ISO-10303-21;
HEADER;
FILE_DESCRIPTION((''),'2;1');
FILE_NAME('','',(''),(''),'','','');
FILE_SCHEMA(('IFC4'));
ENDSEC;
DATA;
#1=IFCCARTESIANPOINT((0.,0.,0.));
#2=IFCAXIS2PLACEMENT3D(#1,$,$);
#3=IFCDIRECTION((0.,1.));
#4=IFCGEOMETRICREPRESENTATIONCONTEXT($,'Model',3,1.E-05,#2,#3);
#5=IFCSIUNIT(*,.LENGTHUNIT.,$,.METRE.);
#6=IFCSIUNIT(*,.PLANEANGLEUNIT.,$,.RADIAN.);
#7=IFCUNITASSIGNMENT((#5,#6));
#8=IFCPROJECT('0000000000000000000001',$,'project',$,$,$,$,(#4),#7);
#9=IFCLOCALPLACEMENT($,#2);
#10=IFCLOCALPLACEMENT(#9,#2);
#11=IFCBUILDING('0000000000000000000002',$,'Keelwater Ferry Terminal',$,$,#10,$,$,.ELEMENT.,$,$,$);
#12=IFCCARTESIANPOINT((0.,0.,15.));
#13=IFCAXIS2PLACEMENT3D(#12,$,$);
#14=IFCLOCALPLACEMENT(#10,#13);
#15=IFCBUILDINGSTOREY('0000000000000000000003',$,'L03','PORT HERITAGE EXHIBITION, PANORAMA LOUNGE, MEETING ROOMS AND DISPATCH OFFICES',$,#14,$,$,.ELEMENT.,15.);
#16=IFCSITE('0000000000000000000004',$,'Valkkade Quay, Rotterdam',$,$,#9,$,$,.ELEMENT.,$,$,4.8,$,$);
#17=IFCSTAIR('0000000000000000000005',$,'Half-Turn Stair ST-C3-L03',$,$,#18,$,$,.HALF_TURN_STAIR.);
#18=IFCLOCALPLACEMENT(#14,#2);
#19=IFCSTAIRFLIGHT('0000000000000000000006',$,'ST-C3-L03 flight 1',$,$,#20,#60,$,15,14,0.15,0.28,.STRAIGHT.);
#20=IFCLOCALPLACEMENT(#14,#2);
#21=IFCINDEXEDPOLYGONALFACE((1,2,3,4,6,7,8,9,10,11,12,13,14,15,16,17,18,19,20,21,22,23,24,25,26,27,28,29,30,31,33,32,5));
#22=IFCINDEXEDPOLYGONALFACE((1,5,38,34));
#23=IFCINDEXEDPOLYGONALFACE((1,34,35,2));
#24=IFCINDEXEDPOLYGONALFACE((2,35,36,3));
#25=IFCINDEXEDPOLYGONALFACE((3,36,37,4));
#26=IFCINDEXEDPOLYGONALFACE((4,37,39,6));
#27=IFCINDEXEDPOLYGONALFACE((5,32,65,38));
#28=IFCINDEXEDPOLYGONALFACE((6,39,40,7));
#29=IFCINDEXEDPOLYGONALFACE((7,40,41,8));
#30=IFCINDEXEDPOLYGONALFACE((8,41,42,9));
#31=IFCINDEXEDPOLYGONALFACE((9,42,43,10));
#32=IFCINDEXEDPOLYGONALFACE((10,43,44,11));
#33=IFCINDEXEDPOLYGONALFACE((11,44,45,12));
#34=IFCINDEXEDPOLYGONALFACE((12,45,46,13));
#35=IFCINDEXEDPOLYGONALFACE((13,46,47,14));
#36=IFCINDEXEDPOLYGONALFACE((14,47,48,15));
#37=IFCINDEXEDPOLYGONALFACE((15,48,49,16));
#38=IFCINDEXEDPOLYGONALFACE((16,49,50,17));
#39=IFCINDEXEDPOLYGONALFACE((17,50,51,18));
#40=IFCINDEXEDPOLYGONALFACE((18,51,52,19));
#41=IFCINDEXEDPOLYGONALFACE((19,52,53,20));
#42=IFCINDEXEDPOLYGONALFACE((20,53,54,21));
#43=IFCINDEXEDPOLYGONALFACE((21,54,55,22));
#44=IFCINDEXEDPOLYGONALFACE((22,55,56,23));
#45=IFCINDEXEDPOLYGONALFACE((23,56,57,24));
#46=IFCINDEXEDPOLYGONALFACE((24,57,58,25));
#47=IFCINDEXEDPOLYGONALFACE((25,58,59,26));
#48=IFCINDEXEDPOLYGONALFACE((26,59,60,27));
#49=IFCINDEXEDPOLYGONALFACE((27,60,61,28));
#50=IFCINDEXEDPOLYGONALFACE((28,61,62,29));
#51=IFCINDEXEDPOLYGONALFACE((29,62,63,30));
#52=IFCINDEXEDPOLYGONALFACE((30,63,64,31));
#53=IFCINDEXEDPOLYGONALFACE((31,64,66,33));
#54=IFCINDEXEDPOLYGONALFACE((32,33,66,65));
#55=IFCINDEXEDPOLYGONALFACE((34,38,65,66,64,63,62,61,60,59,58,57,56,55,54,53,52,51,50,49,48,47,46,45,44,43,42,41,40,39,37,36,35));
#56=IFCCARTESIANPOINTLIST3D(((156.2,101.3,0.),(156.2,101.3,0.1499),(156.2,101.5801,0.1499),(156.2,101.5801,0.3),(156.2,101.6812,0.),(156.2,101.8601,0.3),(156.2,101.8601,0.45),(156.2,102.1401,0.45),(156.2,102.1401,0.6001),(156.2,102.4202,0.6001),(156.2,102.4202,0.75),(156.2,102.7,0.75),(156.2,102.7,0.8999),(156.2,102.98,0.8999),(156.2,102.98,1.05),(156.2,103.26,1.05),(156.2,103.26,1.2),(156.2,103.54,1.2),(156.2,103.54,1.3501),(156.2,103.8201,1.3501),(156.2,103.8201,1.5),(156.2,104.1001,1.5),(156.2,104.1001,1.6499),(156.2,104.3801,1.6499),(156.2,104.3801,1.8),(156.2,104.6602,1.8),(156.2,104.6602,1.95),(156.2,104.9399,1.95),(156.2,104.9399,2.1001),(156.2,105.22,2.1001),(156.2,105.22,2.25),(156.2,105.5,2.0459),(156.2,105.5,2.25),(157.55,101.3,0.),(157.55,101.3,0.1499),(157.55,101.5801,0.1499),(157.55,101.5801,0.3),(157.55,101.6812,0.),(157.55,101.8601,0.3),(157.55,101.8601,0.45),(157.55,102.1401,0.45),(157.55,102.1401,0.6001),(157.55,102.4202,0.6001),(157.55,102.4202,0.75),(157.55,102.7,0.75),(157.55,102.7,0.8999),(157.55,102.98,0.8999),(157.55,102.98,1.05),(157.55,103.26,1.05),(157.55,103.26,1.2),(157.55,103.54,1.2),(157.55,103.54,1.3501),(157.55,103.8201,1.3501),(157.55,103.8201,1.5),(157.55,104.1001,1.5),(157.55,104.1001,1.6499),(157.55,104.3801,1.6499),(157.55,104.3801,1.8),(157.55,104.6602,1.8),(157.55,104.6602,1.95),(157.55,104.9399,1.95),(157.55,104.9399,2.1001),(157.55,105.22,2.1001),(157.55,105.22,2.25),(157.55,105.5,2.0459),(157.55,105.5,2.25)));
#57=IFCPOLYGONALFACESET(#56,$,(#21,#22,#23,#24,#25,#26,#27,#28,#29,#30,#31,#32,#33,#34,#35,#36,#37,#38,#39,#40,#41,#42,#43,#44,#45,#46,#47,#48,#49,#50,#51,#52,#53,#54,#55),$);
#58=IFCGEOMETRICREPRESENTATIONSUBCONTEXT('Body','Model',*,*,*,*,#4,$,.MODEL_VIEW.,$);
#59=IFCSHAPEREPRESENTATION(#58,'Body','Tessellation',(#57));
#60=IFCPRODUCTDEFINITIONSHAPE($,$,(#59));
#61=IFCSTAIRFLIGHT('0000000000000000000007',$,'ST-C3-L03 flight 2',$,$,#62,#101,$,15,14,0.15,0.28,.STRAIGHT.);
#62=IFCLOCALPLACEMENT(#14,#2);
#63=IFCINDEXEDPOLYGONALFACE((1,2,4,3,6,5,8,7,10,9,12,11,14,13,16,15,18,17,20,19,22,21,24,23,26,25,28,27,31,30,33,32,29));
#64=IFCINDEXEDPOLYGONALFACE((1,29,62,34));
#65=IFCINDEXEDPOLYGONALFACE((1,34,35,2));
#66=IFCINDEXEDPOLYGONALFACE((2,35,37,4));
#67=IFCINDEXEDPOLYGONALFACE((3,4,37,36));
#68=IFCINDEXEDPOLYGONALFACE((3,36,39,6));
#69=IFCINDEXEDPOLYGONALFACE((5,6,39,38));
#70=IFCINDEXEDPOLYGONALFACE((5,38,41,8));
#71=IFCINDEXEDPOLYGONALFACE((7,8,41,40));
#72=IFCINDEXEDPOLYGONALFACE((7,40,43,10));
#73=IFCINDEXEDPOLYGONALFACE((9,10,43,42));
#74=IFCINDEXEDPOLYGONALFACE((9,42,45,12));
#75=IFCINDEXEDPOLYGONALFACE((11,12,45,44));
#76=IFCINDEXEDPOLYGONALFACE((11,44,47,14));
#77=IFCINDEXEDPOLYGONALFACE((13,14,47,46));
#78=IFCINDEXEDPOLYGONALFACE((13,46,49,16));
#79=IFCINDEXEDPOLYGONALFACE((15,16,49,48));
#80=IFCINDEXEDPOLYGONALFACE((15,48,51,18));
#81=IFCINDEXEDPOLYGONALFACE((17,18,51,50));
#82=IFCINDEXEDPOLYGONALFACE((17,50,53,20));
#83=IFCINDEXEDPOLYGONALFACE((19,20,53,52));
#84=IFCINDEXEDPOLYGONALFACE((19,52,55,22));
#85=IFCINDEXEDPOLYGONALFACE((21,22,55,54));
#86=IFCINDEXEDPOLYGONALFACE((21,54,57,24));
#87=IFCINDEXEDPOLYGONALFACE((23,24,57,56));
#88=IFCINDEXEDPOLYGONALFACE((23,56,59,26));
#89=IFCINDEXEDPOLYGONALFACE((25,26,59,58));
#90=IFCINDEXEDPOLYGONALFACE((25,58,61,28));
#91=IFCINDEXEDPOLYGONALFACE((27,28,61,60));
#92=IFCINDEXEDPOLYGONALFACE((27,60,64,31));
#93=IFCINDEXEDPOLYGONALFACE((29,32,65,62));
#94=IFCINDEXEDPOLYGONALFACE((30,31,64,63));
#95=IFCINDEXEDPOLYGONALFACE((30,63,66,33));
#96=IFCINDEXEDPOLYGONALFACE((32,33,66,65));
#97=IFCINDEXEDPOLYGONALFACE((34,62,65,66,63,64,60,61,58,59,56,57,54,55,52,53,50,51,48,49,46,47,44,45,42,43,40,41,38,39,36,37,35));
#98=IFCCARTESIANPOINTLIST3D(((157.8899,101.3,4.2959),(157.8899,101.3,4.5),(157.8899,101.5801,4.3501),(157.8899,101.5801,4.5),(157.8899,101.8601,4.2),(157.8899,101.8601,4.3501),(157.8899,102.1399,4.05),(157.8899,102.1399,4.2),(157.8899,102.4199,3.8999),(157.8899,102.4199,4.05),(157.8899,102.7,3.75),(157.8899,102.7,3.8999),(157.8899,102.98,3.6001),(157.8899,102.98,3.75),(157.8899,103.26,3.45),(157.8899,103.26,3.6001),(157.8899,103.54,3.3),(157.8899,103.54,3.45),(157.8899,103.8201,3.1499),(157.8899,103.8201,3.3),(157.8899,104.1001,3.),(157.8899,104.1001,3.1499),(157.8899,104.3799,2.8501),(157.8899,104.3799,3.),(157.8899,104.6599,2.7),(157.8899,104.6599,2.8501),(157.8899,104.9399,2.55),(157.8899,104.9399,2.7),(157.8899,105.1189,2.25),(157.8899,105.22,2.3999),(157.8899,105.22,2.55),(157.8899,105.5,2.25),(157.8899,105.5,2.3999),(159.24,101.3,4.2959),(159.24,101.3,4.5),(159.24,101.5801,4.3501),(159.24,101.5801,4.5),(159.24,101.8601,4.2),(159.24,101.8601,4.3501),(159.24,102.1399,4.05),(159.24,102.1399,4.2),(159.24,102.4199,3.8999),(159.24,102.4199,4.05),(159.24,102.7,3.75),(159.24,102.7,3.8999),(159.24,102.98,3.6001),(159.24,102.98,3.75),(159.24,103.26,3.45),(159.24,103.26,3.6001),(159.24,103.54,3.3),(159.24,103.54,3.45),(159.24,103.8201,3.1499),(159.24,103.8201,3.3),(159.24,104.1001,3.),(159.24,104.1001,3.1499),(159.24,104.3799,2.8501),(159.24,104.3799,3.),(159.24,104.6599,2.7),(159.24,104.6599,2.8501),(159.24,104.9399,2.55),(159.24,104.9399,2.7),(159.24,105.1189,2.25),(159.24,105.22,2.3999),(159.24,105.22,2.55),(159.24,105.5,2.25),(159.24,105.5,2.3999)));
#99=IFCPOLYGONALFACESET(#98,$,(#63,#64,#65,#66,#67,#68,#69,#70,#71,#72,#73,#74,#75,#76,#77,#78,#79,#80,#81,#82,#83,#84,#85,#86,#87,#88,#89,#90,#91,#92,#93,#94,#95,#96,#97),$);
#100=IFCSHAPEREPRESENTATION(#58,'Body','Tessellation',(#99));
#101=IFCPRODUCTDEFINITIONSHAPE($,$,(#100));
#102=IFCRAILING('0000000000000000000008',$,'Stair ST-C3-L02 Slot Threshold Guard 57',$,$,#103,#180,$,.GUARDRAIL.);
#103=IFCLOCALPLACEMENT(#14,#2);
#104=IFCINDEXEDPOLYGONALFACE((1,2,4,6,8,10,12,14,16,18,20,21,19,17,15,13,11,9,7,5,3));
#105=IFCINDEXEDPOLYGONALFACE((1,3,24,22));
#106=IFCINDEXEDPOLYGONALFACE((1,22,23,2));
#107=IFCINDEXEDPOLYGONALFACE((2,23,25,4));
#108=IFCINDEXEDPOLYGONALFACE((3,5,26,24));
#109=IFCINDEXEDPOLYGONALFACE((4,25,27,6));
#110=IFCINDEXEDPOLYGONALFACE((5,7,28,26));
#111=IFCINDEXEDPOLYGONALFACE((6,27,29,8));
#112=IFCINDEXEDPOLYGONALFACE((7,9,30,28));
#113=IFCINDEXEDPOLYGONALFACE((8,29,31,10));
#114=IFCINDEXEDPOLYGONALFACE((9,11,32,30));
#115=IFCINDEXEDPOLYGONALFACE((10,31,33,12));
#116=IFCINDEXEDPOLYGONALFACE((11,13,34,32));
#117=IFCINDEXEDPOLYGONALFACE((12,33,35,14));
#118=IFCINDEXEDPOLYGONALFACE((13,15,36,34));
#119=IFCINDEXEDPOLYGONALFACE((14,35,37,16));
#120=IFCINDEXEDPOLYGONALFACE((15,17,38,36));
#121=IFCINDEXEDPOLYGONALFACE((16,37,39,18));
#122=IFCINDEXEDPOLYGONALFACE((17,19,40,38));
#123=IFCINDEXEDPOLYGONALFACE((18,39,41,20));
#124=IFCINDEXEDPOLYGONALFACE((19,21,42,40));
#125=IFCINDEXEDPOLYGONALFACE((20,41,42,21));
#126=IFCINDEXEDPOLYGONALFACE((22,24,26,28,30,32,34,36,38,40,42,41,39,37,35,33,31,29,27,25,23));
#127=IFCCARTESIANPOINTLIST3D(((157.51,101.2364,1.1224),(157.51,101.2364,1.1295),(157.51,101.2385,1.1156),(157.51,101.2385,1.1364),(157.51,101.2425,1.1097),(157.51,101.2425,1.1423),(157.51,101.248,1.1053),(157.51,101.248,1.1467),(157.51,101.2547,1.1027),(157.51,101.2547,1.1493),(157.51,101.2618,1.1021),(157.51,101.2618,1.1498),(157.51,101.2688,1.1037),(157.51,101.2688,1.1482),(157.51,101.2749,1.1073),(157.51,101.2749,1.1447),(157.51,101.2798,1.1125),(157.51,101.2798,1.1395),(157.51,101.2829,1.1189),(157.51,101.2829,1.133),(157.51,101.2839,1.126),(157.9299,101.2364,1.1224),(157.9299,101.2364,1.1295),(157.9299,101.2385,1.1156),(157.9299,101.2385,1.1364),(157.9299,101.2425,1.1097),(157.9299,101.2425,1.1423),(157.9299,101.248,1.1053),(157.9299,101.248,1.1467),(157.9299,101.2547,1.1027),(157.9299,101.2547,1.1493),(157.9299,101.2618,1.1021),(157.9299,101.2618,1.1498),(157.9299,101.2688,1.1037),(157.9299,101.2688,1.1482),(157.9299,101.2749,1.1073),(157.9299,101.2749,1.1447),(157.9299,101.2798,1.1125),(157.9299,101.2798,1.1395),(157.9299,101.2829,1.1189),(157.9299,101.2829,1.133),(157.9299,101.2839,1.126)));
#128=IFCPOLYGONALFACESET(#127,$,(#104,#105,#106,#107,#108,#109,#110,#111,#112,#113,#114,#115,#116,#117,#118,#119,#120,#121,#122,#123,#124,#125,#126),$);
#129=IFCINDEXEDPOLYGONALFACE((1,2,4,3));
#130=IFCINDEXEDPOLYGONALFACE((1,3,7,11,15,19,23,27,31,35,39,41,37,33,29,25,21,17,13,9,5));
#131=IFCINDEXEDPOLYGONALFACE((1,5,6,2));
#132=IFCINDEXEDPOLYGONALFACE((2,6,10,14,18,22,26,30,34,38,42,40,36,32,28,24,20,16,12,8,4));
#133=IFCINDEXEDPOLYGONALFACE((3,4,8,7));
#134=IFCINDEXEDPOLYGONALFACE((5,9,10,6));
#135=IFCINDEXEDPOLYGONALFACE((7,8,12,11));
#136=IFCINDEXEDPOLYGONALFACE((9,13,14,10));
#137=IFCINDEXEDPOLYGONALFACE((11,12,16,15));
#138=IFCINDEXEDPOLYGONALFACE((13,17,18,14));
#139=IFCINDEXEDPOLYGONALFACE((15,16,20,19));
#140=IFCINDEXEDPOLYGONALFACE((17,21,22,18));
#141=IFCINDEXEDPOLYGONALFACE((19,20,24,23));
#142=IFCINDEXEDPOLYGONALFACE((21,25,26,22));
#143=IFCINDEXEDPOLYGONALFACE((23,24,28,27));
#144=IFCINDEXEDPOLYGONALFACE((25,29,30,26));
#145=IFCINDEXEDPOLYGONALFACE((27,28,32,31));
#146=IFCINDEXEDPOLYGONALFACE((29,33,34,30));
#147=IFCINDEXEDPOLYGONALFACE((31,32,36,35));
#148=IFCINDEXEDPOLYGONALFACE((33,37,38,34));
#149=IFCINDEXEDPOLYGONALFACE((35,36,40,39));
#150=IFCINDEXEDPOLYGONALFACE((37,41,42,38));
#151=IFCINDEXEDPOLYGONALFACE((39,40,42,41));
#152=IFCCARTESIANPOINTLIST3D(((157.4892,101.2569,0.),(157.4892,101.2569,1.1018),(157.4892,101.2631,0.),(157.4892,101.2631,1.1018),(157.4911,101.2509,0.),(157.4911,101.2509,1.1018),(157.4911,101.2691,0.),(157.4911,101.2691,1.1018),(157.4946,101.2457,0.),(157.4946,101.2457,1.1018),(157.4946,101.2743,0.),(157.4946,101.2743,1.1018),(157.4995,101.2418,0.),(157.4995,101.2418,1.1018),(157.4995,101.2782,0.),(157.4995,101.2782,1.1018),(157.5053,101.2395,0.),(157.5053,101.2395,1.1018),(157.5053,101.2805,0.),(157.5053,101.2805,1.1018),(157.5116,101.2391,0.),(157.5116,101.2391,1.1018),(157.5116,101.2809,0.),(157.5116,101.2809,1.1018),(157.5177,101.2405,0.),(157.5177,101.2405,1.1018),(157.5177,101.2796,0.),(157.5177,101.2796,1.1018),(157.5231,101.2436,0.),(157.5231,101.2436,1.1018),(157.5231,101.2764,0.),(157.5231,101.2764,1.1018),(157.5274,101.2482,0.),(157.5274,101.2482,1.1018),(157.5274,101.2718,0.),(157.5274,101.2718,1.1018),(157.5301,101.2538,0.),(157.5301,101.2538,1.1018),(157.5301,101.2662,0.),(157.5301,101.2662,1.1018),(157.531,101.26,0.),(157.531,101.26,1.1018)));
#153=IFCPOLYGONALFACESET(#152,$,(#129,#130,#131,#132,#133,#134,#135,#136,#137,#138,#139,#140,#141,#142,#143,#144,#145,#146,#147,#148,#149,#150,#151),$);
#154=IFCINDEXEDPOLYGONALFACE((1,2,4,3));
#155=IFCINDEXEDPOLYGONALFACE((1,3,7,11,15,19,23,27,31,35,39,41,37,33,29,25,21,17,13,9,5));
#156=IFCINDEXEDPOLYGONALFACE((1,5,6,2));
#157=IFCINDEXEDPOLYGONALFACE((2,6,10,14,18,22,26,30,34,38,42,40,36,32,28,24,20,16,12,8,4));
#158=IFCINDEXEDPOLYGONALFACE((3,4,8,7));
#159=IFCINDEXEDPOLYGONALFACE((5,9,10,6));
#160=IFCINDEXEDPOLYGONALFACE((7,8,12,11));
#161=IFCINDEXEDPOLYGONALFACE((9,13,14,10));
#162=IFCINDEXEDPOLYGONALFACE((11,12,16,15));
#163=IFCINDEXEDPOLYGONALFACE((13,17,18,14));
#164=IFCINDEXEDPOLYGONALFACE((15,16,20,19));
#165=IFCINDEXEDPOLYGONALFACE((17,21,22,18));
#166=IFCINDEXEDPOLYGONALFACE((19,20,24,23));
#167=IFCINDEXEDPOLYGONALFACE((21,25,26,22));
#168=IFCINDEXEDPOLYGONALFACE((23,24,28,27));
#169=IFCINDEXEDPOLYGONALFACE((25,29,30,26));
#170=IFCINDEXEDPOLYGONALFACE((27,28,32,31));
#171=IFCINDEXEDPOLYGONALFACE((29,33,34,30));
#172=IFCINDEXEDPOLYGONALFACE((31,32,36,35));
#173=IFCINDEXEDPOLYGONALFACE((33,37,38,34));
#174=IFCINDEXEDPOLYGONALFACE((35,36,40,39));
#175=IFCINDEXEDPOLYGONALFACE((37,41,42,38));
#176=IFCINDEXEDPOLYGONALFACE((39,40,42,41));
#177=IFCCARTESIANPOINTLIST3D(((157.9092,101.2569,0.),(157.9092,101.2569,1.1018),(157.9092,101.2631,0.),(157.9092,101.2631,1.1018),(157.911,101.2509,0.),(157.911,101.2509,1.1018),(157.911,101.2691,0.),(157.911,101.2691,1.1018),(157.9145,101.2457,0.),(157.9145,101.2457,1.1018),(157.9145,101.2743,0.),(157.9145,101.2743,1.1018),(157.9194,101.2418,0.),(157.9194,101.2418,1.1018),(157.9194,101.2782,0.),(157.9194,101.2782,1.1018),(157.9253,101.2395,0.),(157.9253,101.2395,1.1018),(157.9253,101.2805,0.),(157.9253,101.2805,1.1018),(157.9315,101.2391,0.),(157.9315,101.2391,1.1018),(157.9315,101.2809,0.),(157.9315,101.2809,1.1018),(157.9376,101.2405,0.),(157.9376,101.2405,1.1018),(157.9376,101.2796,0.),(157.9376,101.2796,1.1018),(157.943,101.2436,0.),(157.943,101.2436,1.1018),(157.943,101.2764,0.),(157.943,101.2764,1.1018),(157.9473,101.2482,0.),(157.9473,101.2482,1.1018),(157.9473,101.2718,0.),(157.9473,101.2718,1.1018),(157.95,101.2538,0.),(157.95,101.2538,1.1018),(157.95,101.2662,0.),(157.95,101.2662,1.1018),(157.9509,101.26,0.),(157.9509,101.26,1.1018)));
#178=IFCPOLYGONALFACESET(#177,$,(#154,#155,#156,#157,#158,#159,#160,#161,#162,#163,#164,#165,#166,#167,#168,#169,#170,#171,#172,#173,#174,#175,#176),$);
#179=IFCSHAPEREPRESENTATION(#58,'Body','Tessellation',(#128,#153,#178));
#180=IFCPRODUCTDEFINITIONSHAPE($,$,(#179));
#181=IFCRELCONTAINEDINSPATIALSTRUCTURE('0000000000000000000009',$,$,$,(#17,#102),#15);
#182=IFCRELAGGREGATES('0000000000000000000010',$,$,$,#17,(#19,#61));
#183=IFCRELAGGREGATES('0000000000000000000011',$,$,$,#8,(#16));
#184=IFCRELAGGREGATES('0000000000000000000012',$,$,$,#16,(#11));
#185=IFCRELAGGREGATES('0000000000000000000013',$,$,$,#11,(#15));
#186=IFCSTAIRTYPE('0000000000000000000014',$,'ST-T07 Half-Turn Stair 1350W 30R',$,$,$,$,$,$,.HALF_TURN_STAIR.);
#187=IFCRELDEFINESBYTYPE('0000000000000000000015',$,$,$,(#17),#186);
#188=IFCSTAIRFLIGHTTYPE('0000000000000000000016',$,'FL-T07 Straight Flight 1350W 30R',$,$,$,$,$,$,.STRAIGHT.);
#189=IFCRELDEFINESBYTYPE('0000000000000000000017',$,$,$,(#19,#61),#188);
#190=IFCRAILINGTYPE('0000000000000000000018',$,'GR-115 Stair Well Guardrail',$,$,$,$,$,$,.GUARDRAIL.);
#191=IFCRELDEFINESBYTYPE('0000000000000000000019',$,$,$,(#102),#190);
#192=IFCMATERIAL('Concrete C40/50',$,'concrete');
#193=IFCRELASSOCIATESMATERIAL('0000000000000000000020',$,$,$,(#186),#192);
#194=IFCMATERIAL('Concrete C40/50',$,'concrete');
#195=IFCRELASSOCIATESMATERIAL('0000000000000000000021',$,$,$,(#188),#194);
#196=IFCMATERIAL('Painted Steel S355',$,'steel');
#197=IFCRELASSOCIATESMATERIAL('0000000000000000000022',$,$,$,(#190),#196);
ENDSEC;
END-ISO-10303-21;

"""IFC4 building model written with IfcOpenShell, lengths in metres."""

from ifc_helpers import new_model, si_unit, direction, frame, origin, origin_2d, place, context, subcontext, project, spatial, polyline, circle, outline, extrude, material, type_object, element, aggregate, save


model = new_model("IFC4")

# Units and contexts
model_context = context("Model", 3, precision=1e-05, world=origin(), true_north=direction((0.0, 1.0)))
body_context = subcontext(model_context, "Body", "Model", "MODEL_VIEW")
ifc_project = project(units=[si_unit("LENGTHUNIT", "METRE"), si_unit("PLANEANGLEUNIT", "RADIAN")], contexts=[model_context])

# Site, building, storey
site_placement = place(None, origin())
site = spatial("IfcSite", under=ifc_project, at=site_placement, Name="Valkkade Quay, Rotterdam", CompositionType="ELEMENT", RefElevation=4.8)
building_placement = place(site_placement, origin())
building = spatial("IfcBuilding", under=site, at=building_placement, Name="Keelwater Ferry Terminal", CompositionType="ELEMENT")
storey_placement = place(building_placement, frame((0.0, 0.0, 15.0)))
storey = spatial("IfcBuildingStorey", under=building, at=storey_placement, Name="L03", Description="PORT HERITAGE EXHIBITION, PANORAMA LOUNGE, MEETING ROOMS AND DISPATCH OFFICES", CompositionType="ELEMENT", Elevation=15.0)

# Stair, stair flights
ifc_material_1 = material(Name="Concrete C40/50", Category="concrete")
stair_type = type_object("IfcStairType", Name="ST-T07 Half-Turn Stair 1350W 30R", PredefinedType="HALF_TURN_STAIR", material=ifc_material_1)
stair_placement = place(storey_placement, origin())
stair = element("IfcStair", 1, at=stair_placement, inside=storey, type_object=stair_type, Name="Half-Turn Stair ST-C3-L03", PredefinedType="HALF_TURN_STAIR")
ifc_material_2 = material(Name="Concrete C40/50", Category="concrete")
stair_flight_type = type_object("IfcStairFlightType", Name="FL-T07 Straight Flight 1350W 30R", PredefinedType="STRAIGHT", material=ifc_material_2)
stair_flight_1_placement = place(storey_placement, frame((156.875, 101.3, 0.0), z_axis=(0.0, 0.0, 1.0), x_axis=(0.0, 1.0, 0.0)))
stair_flight_1 = element("IfcStairFlight", 2, at=stair_flight_1_placement, type_object=stair_flight_type, Name="ST-C3-L03 flight 1", NumberOfRisers=15, NumberOfTreads=14, PredefinedType="STRAIGHT", RiserHeight=0.15, TreadLength=0.28, context=body_context, shape_type="SweptSolid", body=[
    extrude(outline(polyline([(0.0, 0.0), (0.0, 0.1499), (0.28, 0.1499), (0.28, 0.3), (0.5601, 0.3), (0.5601, 0.45), (0.8401, 0.45), (0.8401, 0.6001), (1.1201, 0.6001), (1.1201, 0.75), (1.3999, 0.75), (1.3999, 0.8999), (1.6799, 0.8999), (1.6799, 1.05), (1.96, 1.05), (1.96, 1.2), (2.24, 1.2), (2.24, 1.3501), (2.52, 1.3501), (2.52, 1.5), (2.8, 1.5), (2.8, 1.6499), (3.0801, 1.6499), (3.0801, 1.8), (3.3601, 1.8), (3.3601, 1.95), (3.6399, 1.95), (3.6399, 2.1001), (3.9199, 2.1001), (3.9199, 2.25), (4.2, 2.25), (4.2, 2.0459), (0.3811, 0.0), (0.0, 0.0)])), frame((0.0, 0.675, 0.0), z_axis=(0.0, -1.0, 0.0), x_axis=(1.0, 0.0, 0.0)), (0.0, 0.0, 1.0), 1.3501),
])
stair_flight_2_placement = place(storey_placement, frame((158.5649, 105.5, 2.25), z_axis=(0.0, 0.0, 1.0), x_axis=(0.0, -1.0, 0.0)))
stair_flight_2 = element("IfcStairFlight", 3, at=stair_flight_2_placement, type_object=stair_flight_type, Name="ST-C3-L03 flight 2", NumberOfRisers=15, NumberOfTreads=14, PredefinedType="STRAIGHT", RiserHeight=0.15, TreadLength=0.28, context=body_context, shape_type="SweptSolid", body=[
    extrude(outline(polyline([(0.0, 0.0), (0.0, 0.1499), (0.28, 0.1499), (0.28, 0.3), (0.5601, 0.3), (0.5601, 0.45), (0.8401, 0.45), (0.8401, 0.6001), (1.1201, 0.6001), (1.1201, 0.75), (1.3999, 0.75), (1.3999, 0.8999), (1.6799, 0.8999), (1.6799, 1.05), (1.96, 1.05), (1.96, 1.2), (2.24, 1.2), (2.24, 1.3501), (2.52, 1.3501), (2.52, 1.5), (2.8, 1.5), (2.8, 1.6499), (3.0801, 1.6499), (3.0801, 1.8), (3.3601, 1.8), (3.3601, 1.95), (3.6399, 1.95), (3.6399, 2.1001), (3.9199, 2.1001), (3.9199, 2.25), (4.2, 2.25), (4.2, 2.0459), (0.3811, 0.0), (0.0, 0.0)])), frame((0.0, 0.675, 0.0), z_axis=(0.0, -1.0, 0.0), x_axis=(1.0, 0.0, 0.0)), (0.0, 0.0, 1.0), 1.3501),
])
aggregate(stair, [stair_flight_1, stair_flight_2])

# Railing
ifc_material_3 = material(Name="Painted Steel S355", Category="steel")
railing_type_1 = type_object("IfcRailingType", Name="GR-115 Stair Well Guardrail", PredefinedType="GUARDRAIL", material=ifc_material_3)
railing_1_placement = place(storey_placement, frame((157.51, 101.26, 0.0)))
element("IfcRailing", 4, at=railing_1_placement, inside=storey, type_object=railing_type_1, Name="Stair ST-C3-L02 Slot Threshold Guard 57", PredefinedType="GUARDRAIL", context=body_context, shape_type="SweptSolid", body=[
    extrude(circle(Radius=0.0239, at=origin_2d()), frame((0.0, 0.0, 1.126), z_axis=(1.0, 0.0, 0.0), x_axis=(0.0, 1.0, 0.0)), (0.0, 0.0, 1.0), 0.4199),
    extrude(circle(Radius=0.021, at=origin_2d()), origin(), (0.0, 0.0, 1.0), 1.1018),
    extrude(circle(Radius=0.021, at=origin_2d()), frame((0.4199, 0.0, 0.0)), (0.0, 0.0, 1.0), 1.1018),
])

save(model, "model.ifc")
